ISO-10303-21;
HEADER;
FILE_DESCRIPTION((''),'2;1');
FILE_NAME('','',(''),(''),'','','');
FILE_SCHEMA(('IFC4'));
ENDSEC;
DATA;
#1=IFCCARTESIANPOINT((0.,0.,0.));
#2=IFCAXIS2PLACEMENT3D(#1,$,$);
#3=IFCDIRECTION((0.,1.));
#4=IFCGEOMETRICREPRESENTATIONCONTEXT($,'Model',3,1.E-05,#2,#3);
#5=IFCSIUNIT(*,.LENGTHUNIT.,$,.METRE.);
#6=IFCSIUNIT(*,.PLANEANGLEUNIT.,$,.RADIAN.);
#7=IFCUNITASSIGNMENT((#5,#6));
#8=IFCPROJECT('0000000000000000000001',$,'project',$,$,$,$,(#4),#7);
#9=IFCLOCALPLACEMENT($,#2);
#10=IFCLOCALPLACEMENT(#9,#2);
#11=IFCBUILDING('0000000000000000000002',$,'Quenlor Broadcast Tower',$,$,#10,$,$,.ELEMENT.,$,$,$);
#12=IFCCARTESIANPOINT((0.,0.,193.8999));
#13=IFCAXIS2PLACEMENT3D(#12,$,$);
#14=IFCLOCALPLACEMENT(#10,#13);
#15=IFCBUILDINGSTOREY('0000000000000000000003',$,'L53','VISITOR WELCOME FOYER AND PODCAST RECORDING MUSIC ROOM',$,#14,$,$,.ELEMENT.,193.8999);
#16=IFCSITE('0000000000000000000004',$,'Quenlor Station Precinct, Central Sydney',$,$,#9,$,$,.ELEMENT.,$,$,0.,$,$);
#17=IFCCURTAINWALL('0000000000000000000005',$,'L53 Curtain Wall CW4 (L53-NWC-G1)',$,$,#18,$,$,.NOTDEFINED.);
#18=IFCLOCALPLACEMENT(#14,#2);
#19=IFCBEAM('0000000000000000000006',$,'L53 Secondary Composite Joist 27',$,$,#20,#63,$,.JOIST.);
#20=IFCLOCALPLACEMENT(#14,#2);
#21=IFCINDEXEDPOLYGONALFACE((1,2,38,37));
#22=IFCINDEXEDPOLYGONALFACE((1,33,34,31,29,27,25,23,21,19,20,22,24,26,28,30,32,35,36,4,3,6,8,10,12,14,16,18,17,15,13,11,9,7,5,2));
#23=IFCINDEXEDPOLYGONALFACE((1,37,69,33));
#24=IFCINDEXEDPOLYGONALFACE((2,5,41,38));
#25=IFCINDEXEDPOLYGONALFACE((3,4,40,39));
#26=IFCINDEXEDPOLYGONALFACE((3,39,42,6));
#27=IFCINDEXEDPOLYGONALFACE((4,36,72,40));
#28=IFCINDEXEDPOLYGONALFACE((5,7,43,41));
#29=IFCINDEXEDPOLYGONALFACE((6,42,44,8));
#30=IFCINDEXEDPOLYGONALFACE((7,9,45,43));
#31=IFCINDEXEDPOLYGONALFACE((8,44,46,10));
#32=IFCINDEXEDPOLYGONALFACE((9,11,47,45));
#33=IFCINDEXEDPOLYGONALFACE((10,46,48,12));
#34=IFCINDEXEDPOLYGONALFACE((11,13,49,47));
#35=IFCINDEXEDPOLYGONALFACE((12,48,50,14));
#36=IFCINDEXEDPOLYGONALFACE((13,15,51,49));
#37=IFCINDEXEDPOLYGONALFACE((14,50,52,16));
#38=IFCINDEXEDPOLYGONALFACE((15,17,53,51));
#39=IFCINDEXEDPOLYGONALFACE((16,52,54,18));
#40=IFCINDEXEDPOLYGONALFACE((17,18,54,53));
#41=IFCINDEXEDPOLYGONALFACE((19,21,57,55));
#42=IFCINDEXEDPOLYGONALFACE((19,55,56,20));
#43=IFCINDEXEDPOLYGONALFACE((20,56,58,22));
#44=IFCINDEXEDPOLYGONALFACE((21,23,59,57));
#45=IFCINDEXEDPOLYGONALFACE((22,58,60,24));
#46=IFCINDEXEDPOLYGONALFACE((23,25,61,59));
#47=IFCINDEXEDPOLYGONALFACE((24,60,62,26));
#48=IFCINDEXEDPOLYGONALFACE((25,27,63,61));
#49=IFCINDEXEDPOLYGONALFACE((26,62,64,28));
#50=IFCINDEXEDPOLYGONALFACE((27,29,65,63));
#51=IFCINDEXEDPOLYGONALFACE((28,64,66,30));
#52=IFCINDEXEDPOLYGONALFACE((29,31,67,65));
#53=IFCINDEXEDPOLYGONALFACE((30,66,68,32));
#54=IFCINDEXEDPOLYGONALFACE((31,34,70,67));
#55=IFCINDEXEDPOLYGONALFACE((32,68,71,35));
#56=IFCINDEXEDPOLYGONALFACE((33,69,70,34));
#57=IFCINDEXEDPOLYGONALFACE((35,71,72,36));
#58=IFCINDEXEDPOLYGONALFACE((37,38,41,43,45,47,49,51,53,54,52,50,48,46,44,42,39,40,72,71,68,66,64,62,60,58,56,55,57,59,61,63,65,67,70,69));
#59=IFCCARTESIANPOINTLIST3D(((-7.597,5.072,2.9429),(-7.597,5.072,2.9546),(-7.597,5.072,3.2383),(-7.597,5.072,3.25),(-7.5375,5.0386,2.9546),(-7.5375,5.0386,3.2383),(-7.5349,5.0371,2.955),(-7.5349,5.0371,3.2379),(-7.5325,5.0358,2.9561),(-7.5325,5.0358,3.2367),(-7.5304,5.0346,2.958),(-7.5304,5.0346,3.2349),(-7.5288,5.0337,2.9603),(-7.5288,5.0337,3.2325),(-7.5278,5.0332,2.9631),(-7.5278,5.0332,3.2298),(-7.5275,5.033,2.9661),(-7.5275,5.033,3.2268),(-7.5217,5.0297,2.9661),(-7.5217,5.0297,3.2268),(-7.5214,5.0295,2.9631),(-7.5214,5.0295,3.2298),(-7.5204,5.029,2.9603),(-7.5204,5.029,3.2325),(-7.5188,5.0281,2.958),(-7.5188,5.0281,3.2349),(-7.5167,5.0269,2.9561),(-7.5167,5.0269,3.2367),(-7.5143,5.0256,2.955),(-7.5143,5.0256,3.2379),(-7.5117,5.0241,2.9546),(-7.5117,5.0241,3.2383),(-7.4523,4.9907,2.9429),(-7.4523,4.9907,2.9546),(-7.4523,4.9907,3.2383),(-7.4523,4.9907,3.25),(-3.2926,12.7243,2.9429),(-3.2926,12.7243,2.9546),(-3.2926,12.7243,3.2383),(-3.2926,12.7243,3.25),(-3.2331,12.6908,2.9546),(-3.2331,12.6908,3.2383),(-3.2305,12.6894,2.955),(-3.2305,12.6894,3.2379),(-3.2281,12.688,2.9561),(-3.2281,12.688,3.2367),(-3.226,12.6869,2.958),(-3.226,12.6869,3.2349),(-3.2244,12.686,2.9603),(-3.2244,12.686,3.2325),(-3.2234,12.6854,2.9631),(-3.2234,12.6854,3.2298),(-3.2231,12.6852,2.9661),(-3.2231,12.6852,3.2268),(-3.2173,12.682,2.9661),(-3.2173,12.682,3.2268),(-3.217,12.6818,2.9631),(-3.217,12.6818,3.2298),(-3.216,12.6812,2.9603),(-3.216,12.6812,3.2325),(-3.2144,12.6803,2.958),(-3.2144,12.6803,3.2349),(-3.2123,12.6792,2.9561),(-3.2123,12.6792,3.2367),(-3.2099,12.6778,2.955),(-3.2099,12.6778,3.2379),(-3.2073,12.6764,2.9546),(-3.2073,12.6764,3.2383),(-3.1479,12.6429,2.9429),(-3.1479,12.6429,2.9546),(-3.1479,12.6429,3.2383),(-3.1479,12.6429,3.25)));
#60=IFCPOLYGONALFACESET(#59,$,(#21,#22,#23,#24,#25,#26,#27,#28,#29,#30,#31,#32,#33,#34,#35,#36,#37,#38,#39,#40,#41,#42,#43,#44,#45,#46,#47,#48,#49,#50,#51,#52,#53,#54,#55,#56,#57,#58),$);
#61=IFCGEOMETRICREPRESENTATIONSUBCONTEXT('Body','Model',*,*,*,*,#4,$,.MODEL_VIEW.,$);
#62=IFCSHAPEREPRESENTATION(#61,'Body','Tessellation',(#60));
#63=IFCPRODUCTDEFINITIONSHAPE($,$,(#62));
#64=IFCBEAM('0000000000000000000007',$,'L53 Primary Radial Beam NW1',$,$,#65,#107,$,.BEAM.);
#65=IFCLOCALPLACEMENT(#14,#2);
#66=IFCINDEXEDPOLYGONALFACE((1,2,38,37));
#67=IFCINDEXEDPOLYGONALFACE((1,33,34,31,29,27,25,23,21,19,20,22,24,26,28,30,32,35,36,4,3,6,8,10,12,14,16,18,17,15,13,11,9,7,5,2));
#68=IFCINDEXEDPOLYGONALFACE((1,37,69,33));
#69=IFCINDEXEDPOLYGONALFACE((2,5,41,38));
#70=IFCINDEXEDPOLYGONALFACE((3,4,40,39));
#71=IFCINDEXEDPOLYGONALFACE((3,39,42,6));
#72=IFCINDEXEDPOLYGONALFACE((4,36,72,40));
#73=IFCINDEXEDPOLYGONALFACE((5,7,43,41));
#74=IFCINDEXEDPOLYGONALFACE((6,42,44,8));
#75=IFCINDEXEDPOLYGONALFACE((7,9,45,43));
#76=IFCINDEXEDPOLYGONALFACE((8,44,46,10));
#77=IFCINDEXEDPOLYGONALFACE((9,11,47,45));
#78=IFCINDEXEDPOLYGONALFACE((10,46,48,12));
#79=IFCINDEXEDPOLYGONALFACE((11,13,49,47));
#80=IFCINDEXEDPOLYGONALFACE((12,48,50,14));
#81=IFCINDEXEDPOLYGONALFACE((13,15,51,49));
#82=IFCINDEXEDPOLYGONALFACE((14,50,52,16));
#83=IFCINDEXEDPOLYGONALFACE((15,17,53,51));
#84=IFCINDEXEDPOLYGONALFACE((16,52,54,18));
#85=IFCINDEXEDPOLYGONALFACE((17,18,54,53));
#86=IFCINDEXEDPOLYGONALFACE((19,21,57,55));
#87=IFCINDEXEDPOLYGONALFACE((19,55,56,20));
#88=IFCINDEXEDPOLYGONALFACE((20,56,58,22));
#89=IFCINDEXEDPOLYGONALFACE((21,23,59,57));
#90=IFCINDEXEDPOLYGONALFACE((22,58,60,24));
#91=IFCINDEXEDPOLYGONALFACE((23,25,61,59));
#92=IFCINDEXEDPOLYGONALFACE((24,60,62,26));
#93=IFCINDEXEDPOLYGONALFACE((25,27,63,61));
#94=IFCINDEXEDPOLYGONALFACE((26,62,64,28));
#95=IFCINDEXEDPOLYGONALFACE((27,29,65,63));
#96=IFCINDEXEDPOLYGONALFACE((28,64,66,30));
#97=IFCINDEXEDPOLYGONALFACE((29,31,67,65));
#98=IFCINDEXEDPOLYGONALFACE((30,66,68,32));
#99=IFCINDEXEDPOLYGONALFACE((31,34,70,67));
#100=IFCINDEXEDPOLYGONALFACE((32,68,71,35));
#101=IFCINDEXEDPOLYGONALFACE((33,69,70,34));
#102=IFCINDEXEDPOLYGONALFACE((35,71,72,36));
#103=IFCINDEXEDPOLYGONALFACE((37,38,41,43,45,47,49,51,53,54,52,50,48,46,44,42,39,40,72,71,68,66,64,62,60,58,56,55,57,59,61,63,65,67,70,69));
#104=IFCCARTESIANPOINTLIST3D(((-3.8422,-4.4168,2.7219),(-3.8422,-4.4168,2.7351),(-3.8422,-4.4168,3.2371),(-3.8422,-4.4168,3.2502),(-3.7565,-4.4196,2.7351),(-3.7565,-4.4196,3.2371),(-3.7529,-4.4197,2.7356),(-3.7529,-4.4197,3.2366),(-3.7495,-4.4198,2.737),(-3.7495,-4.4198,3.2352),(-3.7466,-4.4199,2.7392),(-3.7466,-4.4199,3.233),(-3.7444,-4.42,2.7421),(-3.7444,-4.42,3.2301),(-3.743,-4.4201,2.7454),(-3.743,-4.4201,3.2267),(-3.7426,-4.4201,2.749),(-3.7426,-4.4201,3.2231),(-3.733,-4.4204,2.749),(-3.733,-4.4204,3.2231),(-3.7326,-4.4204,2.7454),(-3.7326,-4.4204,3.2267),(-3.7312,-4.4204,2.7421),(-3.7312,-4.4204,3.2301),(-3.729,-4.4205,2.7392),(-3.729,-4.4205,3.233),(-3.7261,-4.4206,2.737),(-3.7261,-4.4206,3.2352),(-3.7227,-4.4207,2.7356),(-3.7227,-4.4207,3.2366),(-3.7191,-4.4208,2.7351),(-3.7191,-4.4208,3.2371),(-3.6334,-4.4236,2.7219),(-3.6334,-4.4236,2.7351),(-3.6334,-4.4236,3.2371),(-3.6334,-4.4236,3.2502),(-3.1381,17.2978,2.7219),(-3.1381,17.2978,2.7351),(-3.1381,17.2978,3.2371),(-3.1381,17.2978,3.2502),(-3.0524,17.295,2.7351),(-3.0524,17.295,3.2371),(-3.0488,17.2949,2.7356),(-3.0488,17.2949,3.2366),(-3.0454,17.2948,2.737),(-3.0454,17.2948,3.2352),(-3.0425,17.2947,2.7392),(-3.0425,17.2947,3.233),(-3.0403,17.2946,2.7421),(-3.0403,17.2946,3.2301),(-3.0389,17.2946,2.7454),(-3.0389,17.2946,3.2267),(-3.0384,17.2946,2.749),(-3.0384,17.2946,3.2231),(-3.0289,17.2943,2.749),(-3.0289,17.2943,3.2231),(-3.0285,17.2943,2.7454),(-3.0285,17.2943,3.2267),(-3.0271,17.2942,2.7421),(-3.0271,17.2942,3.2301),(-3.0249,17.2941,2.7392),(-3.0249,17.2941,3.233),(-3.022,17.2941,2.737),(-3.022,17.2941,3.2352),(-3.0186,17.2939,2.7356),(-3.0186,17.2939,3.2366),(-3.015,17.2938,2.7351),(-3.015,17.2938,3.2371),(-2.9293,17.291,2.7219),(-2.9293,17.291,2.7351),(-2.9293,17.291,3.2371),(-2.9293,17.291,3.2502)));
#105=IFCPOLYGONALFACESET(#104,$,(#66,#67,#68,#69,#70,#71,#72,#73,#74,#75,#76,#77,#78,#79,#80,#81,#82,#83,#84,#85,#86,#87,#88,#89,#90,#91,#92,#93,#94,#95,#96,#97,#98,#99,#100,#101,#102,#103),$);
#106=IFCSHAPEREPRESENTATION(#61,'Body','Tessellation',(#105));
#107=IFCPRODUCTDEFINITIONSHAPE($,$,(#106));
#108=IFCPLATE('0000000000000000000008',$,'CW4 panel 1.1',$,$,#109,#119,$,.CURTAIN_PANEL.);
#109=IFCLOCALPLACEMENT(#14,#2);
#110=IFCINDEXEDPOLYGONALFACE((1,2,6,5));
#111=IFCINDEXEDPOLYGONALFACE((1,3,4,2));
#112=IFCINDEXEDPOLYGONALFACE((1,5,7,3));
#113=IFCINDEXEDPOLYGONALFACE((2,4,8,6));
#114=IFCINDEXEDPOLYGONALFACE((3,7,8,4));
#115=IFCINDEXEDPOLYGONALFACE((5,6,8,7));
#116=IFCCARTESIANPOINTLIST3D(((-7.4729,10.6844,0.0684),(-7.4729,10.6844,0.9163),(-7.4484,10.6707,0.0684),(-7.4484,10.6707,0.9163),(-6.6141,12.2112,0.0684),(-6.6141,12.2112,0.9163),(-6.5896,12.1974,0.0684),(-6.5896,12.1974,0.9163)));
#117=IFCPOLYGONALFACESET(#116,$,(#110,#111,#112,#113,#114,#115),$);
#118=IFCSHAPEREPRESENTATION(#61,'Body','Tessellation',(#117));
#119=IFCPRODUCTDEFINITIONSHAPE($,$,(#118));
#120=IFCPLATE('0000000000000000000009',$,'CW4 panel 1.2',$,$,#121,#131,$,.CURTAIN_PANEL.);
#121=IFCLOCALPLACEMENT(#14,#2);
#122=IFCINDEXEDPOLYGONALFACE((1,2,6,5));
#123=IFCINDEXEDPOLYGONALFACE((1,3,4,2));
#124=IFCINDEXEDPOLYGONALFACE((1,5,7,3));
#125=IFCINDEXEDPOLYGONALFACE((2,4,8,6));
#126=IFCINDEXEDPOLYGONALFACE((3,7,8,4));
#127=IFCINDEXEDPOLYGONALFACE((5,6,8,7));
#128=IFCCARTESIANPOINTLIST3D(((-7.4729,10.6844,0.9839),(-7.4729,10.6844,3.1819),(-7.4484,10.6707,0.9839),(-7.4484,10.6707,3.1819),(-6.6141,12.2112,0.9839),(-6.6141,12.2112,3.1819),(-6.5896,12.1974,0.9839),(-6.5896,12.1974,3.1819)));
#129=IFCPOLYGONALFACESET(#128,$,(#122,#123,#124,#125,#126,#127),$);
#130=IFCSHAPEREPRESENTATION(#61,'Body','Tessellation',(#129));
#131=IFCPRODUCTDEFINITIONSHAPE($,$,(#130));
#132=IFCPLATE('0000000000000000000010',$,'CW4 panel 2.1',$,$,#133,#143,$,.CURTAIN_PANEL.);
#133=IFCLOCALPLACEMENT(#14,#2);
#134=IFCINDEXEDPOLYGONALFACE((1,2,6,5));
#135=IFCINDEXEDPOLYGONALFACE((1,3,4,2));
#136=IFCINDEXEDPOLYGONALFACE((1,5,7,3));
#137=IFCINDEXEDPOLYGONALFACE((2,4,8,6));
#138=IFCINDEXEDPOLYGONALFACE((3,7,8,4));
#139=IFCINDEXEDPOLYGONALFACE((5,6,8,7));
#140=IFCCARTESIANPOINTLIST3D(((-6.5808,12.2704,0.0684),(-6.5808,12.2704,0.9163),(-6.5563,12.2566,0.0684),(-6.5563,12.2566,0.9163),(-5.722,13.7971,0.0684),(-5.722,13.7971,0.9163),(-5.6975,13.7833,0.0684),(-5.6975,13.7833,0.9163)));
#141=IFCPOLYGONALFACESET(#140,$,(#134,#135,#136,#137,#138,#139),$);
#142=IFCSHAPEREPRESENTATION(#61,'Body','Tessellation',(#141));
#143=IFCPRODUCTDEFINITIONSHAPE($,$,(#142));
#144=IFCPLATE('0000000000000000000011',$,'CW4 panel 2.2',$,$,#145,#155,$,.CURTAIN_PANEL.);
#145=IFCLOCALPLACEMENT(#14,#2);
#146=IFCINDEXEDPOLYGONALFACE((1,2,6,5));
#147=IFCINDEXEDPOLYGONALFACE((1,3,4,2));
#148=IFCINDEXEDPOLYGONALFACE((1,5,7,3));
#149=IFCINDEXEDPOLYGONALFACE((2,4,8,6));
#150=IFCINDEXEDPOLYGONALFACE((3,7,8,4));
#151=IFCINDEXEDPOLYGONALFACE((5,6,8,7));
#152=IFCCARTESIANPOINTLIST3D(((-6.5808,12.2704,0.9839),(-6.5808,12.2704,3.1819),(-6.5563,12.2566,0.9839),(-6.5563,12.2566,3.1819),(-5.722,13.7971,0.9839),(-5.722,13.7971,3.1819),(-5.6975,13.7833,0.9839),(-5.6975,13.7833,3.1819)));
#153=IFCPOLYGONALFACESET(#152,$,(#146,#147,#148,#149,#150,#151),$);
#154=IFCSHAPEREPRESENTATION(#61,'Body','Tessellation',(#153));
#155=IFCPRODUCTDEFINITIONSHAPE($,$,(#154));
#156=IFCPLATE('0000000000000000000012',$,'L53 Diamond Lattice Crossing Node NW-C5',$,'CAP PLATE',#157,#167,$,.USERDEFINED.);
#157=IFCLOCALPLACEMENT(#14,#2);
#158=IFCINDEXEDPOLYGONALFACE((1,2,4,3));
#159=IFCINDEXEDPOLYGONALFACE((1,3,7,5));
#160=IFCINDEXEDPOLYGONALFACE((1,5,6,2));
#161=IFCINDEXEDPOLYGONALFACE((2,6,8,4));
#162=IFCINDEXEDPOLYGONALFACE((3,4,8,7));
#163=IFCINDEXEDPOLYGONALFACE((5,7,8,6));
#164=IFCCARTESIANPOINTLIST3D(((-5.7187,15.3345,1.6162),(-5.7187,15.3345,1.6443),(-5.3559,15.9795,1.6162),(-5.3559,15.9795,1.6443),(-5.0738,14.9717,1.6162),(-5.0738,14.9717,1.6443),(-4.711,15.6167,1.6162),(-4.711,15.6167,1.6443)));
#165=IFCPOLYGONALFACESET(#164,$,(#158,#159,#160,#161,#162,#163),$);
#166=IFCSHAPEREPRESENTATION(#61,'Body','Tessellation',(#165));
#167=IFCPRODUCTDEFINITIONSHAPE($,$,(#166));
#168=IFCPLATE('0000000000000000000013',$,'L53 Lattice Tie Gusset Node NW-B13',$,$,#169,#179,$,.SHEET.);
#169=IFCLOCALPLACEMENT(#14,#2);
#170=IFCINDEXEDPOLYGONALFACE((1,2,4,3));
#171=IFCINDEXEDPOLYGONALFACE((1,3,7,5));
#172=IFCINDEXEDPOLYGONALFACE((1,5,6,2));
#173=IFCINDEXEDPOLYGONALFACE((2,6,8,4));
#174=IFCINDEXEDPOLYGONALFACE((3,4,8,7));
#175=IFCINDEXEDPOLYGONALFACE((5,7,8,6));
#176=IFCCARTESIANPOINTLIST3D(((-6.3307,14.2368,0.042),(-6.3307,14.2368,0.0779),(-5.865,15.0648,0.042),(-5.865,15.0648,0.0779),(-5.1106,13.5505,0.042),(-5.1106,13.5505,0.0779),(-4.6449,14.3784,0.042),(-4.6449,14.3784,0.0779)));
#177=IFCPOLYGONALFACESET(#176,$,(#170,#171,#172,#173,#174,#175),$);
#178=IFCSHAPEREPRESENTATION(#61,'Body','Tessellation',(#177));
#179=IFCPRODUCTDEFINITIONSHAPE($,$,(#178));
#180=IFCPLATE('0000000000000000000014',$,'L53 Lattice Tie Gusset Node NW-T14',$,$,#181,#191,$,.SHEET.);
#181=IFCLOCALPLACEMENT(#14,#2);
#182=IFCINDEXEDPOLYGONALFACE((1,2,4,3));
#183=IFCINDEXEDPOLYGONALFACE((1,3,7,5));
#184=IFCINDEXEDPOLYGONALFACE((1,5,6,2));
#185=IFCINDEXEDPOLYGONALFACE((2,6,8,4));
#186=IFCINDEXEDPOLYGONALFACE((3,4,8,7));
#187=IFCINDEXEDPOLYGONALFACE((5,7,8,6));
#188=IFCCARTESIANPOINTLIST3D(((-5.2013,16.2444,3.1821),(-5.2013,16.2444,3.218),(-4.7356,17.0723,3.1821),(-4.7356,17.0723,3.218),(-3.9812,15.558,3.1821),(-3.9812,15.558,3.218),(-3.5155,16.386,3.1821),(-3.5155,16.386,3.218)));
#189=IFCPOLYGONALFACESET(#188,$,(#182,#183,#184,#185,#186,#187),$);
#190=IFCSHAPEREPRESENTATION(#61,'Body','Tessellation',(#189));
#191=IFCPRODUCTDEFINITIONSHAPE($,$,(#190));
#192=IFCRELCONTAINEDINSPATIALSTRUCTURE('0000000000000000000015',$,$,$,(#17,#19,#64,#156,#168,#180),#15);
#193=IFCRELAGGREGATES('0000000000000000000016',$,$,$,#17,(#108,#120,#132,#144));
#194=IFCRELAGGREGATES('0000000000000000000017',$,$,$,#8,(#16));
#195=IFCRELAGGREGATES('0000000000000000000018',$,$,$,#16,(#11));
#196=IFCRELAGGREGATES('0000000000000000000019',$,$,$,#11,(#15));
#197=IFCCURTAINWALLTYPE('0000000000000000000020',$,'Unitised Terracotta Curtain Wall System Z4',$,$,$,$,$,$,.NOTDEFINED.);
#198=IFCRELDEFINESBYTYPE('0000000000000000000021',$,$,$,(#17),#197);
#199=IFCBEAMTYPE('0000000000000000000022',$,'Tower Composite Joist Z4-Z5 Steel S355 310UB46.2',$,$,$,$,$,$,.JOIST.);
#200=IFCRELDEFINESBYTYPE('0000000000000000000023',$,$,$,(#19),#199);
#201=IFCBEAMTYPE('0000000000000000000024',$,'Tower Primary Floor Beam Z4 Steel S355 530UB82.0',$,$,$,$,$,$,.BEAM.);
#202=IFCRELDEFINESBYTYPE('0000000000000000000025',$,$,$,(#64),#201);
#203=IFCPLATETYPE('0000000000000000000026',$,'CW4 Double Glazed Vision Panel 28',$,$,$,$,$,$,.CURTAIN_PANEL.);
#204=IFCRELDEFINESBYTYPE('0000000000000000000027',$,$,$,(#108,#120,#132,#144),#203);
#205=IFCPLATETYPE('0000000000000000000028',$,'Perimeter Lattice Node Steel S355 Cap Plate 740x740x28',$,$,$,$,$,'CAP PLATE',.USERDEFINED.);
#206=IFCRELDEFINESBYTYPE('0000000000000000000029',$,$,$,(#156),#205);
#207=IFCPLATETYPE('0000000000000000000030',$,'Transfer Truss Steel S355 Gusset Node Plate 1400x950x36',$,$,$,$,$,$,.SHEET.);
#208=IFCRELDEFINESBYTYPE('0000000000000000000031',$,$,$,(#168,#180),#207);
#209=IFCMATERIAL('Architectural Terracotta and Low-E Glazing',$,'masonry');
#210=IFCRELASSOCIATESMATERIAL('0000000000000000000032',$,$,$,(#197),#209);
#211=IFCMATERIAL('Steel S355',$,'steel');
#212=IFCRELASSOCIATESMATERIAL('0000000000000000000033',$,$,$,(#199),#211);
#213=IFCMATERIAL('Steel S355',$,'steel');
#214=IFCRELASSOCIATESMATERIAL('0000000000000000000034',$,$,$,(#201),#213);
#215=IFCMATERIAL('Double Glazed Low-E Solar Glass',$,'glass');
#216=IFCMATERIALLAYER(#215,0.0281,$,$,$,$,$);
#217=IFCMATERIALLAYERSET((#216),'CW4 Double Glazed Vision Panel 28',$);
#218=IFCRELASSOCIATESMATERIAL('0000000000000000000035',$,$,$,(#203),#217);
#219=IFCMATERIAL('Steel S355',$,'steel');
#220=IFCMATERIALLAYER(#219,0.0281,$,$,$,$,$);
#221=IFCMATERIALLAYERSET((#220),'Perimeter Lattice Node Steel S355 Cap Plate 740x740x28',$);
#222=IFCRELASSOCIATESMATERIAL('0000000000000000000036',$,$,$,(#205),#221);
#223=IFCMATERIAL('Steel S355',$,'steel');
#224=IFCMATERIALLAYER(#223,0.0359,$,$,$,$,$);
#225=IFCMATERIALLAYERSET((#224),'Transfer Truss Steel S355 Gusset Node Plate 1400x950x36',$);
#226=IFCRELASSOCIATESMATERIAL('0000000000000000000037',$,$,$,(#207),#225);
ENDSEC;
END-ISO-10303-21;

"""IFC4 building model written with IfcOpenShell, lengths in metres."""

from ifc_helpers import new_model, si_unit, direction, frame, origin, origin_2d, place, context, subcontext, project, spatial, rectangle, i_section, extrude, material, layer, layer_set, material_profile, profile_set, type_object, element, aggregate, save


model = new_model("IFC4")

# Units and contexts
model_context = context("Model", 3, precision=1e-05, world=origin(), true_north=direction((0.0, 1.0)))
body_context = subcontext(model_context, "Body", "Model", "MODEL_VIEW")
ifc_project = project(units=[si_unit("LENGTHUNIT", "METRE"), si_unit("PLANEANGLEUNIT", "RADIAN")], contexts=[model_context])

# Site, building, storey
site_placement = place(None, origin())
site = spatial("IfcSite", under=ifc_project, at=site_placement, Name="Quenlor Station Precinct, Central Sydney", CompositionType="ELEMENT", RefElevation=0.0)
building_placement = place(site_placement, origin())
building = spatial("IfcBuilding", under=site, at=building_placement, Name="Quenlor Broadcast Tower", CompositionType="ELEMENT")
storey_placement = place(building_placement, frame((0.0, 0.0, 193.8999)))
storey = spatial("IfcBuildingStorey", under=building, at=storey_placement, Name="L53", Description="VISITOR WELCOME FOYER AND PODCAST RECORDING MUSIC ROOM", CompositionType="ELEMENT", Elevation=193.8999)

# Curtain wall
ifc_material_1 = material(Name="Architectural Terracotta and Low-E Glazing", Category="masonry")
curtain_wall_type = type_object("IfcCurtainWallType", Name="Unitised Terracotta Curtain Wall System Z4", PredefinedType="NOTDEFINED", material=ifc_material_1)
curtain_wall_placement = place(storey_placement, origin())
curtain_wall = element("IfcCurtainWall", 1, at=curtain_wall_placement, inside=storey, type_object=curtain_wall_type, Name="L53 Curtain Wall CW4 (L53-NWC-G1)", PredefinedType="NOTDEFINED")

# Beams
ifc_material_2 = material(Name="Steel S355", Category="steel")
ifc_material_profile_1 = material_profile(ifc_material_2, i_section(OverallWidth=0.166, OverallDepth=0.3071, WebThickness=0.0066, FlangeThickness=0.0117, FilletRadius=0.0115, at=origin_2d()))
ifc_profile_set_1 = profile_set([ifc_material_profile_1], Name="Steel S355 310UB46.2")
beam_type_1 = type_object("IfcBeamType", Name="Tower Composite Joist Z4-Z5 Steel S355 310UB46.2", PredefinedType="JOIST", material=ifc_profile_set_1)
beam_1_placement = place(storey_placement, frame((-3.2202, 12.6836, 3.0964), z_axis=(-0.490261, -0.871576, 0.0), x_axis=(0.871576, -0.490261, 0.0)))
element("IfcBeam", 2, at=beam_1_placement, inside=storey, type_object=beam_type_1, Name="L53 Secondary Composite Joist 27", PredefinedType="JOIST", context=body_context, shape_type="SweptSolid", body=[
    extrude(i_section(OverallWidth=0.166, OverallDepth=0.3071, WebThickness=0.0066, FlangeThickness=0.0117, FilletRadius=0.0115, at=origin_2d()), origin(), (0.0, 0.0, 1.0), 8.7798),
])
ifc_material_3 = material(Name="Steel S355", Category="steel")
ifc_material_profile_2 = material_profile(ifc_material_3, i_section(OverallWidth=0.209, OverallDepth=0.5283, WebThickness=0.0095, FlangeThickness=0.0132, FilletRadius=0.0139, at=origin_2d()))
ifc_profile_set_2 = profile_set([ifc_material_profile_2], Name="Steel S355 530UB82.0")
beam_type_2 = type_object("IfcBeamType", Name="Tower Primary Floor Beam Z4 Steel S355 530UB82.0", PredefinedType="BEAM", material=ifc_profile_set_2)
beam_2_placement = place(storey_placement, frame((-3.0337, 17.2944, 2.9861), z_axis=(-0.032408, -0.999475, 0.0), x_axis=(0.999475, -0.032408, 0.0)))
element("IfcBeam", 3, at=beam_2_placement, inside=storey, type_object=beam_type_2, Name="L53 Primary Radial Beam NW1", PredefinedType="BEAM", context=body_context, shape_type="SweptSolid", body=[
    extrude(i_section(OverallWidth=0.209, OverallDepth=0.5283, WebThickness=0.0095, FlangeThickness=0.0132, FilletRadius=0.0139, at=origin_2d()), origin(), (0.0, 0.0, 1.0), 21.7261),
])

# Plates
ifc_material_4 = material(Name="Double Glazed Low-E Solar Glass", Category="glass")
ifc_layer_1 = layer(ifc_material_4, 0.0281)
ifc_layer_set_1 = layer_set([ifc_layer_1], Name="CW4 Double Glazed Vision Panel 28")
plate_type_1 = type_object("IfcPlateType", Name="CW4 Double Glazed Vision Panel 28", PredefinedType="CURTAIN_PANEL", material=ifc_layer_set_1)
plate_1_placement = place(storey_placement, frame((-7.0312, 11.4409, 0.0684), z_axis=(0.0, 0.0, 1.0), x_axis=(0.49026, 0.871576, 0.0)))
plate_1 = element("IfcPlate", 4, at=plate_1_placement, type_object=plate_type_1, Name="CW4 panel 1.1", PredefinedType="CURTAIN_PANEL", context=body_context, shape_type="SweptSolid", body=[
    extrude(rectangle(XDim=1.7517, YDim=0.0281, at=origin_2d()), origin(), (0.0, 0.0, 1.0), 0.8479),
])
plate_2_placement = place(storey_placement, frame((-7.0312, 11.4409, 0.9839), z_axis=(0.0, 0.0, 1.0), x_axis=(0.49026, 0.871576, 0.0)))
plate_2 = element("IfcPlate", 5, at=plate_2_placement, type_object=plate_type_1, Name="CW4 panel 1.2", PredefinedType="CURTAIN_PANEL", context=body_context, shape_type="SweptSolid", body=[
    extrude(rectangle(XDim=1.7517, YDim=0.0281, at=origin_2d()), origin(), (0.0, 0.0, 1.0), 2.198),
])
plate_3_placement = place(storey_placement, frame((-6.1392, 13.0269, 0.0684), z_axis=(0.0, 0.0, 1.0), x_axis=(0.49026, 0.871576, 0.0)))
plate_3 = element("IfcPlate", 6, at=plate_3_placement, type_object=plate_type_1, Name="CW4 panel 2.1", PredefinedType="CURTAIN_PANEL", context=body_context, shape_type="SweptSolid", body=[
    extrude(rectangle(XDim=1.7517, YDim=0.0281, at=origin_2d()), origin(), (0.0, 0.0, 1.0), 0.8479),
])
plate_4_placement = place(storey_placement, frame((-6.1392, 13.0269, 0.9839), z_axis=(0.0, 0.0, 1.0), x_axis=(0.49026, 0.871576, 0.0)))
plate_4 = element("IfcPlate", 7, at=plate_4_placement, type_object=plate_type_1, Name="CW4 panel 2.2", PredefinedType="CURTAIN_PANEL", context=body_context, shape_type="SweptSolid", body=[
    extrude(rectangle(XDim=1.7517, YDim=0.0281, at=origin_2d()), origin(), (0.0, 0.0, 1.0), 2.198),
])
aggregate(curtain_wall, [plate_1, plate_2, plate_3, plate_4])

# Plates
ifc_material_5 = material(Name="Steel S355", Category="steel")
ifc_layer_2 = layer(ifc_material_5, 0.0281)
ifc_layer_set_2 = layer_set([ifc_layer_2], Name="Perimeter Lattice Node Steel S355 Cap Plate 740x740x28")
plate_type_2 = type_object("IfcPlateType", Name="Perimeter Lattice Node Steel S355 Cap Plate 740x740x28", ElementType="CAP PLATE", PredefinedType="USERDEFINED", material=ifc_layer_set_2)
plate_5_placement = place(storey_placement, frame((-5.2148, 15.4756, 1.6162), z_axis=(0.0, 0.0, 1.0), x_axis=(0.490295, 0.871556, 0.0)))
element("IfcPlate", 8, at=plate_5_placement, inside=storey, type_object=plate_type_2, Name="L53 Diamond Lattice Crossing Node NW-C5", ObjectType="CAP PLATE", PredefinedType="USERDEFINED", context=body_context, shape_type="SweptSolid", body=[
    extrude(rectangle(XDim=0.74, YDim=0.74, at=origin_2d()), origin(), (0.0, 0.0, 1.0), 0.0281),
])
ifc_material_6 = material(Name="Steel S355", Category="steel")
ifc_layer_3 = layer(ifc_material_6, 0.0359)
ifc_layer_set_3 = layer_set([ifc_layer_3], Name="Transfer Truss Steel S355 Gusset Node Plate 1400x950x36")
plate_type_3 = type_object("IfcPlateType", Name="Transfer Truss Steel S355 Gusset Node Plate 1400x950x36", PredefinedType="SHEET", material=ifc_layer_set_3)
for number, where, z_axis, x_axis, name in (
    (9, (-5.4878, 14.3076, 0.042), (0.0, 0.0, 1.0), (-0.871556, 0.490295, 0.0), "L53 Lattice Tie Gusset Node NW-B13"),
    (10, (-4.3584, 16.3152, 3.1821), (0.0, 0.0, 1.0), (-0.871556, 0.490295, 0.0), "L53 Lattice Tie Gusset Node NW-T14"),
):
    element("IfcPlate", number, at=place(storey_placement, frame(where, z_axis=z_axis, x_axis=x_axis)), inside=storey, type_object=plate_type_3, Name=name, PredefinedType="SHEET", context=body_context, shape_type="SweptSolid", body=[
        extrude(rectangle(XDim=1.3999, YDim=0.95, at=origin_2d()), origin(), (0.0, 0.0, 1.0), 0.0359),
    ])

save(model, "model.ifc")
